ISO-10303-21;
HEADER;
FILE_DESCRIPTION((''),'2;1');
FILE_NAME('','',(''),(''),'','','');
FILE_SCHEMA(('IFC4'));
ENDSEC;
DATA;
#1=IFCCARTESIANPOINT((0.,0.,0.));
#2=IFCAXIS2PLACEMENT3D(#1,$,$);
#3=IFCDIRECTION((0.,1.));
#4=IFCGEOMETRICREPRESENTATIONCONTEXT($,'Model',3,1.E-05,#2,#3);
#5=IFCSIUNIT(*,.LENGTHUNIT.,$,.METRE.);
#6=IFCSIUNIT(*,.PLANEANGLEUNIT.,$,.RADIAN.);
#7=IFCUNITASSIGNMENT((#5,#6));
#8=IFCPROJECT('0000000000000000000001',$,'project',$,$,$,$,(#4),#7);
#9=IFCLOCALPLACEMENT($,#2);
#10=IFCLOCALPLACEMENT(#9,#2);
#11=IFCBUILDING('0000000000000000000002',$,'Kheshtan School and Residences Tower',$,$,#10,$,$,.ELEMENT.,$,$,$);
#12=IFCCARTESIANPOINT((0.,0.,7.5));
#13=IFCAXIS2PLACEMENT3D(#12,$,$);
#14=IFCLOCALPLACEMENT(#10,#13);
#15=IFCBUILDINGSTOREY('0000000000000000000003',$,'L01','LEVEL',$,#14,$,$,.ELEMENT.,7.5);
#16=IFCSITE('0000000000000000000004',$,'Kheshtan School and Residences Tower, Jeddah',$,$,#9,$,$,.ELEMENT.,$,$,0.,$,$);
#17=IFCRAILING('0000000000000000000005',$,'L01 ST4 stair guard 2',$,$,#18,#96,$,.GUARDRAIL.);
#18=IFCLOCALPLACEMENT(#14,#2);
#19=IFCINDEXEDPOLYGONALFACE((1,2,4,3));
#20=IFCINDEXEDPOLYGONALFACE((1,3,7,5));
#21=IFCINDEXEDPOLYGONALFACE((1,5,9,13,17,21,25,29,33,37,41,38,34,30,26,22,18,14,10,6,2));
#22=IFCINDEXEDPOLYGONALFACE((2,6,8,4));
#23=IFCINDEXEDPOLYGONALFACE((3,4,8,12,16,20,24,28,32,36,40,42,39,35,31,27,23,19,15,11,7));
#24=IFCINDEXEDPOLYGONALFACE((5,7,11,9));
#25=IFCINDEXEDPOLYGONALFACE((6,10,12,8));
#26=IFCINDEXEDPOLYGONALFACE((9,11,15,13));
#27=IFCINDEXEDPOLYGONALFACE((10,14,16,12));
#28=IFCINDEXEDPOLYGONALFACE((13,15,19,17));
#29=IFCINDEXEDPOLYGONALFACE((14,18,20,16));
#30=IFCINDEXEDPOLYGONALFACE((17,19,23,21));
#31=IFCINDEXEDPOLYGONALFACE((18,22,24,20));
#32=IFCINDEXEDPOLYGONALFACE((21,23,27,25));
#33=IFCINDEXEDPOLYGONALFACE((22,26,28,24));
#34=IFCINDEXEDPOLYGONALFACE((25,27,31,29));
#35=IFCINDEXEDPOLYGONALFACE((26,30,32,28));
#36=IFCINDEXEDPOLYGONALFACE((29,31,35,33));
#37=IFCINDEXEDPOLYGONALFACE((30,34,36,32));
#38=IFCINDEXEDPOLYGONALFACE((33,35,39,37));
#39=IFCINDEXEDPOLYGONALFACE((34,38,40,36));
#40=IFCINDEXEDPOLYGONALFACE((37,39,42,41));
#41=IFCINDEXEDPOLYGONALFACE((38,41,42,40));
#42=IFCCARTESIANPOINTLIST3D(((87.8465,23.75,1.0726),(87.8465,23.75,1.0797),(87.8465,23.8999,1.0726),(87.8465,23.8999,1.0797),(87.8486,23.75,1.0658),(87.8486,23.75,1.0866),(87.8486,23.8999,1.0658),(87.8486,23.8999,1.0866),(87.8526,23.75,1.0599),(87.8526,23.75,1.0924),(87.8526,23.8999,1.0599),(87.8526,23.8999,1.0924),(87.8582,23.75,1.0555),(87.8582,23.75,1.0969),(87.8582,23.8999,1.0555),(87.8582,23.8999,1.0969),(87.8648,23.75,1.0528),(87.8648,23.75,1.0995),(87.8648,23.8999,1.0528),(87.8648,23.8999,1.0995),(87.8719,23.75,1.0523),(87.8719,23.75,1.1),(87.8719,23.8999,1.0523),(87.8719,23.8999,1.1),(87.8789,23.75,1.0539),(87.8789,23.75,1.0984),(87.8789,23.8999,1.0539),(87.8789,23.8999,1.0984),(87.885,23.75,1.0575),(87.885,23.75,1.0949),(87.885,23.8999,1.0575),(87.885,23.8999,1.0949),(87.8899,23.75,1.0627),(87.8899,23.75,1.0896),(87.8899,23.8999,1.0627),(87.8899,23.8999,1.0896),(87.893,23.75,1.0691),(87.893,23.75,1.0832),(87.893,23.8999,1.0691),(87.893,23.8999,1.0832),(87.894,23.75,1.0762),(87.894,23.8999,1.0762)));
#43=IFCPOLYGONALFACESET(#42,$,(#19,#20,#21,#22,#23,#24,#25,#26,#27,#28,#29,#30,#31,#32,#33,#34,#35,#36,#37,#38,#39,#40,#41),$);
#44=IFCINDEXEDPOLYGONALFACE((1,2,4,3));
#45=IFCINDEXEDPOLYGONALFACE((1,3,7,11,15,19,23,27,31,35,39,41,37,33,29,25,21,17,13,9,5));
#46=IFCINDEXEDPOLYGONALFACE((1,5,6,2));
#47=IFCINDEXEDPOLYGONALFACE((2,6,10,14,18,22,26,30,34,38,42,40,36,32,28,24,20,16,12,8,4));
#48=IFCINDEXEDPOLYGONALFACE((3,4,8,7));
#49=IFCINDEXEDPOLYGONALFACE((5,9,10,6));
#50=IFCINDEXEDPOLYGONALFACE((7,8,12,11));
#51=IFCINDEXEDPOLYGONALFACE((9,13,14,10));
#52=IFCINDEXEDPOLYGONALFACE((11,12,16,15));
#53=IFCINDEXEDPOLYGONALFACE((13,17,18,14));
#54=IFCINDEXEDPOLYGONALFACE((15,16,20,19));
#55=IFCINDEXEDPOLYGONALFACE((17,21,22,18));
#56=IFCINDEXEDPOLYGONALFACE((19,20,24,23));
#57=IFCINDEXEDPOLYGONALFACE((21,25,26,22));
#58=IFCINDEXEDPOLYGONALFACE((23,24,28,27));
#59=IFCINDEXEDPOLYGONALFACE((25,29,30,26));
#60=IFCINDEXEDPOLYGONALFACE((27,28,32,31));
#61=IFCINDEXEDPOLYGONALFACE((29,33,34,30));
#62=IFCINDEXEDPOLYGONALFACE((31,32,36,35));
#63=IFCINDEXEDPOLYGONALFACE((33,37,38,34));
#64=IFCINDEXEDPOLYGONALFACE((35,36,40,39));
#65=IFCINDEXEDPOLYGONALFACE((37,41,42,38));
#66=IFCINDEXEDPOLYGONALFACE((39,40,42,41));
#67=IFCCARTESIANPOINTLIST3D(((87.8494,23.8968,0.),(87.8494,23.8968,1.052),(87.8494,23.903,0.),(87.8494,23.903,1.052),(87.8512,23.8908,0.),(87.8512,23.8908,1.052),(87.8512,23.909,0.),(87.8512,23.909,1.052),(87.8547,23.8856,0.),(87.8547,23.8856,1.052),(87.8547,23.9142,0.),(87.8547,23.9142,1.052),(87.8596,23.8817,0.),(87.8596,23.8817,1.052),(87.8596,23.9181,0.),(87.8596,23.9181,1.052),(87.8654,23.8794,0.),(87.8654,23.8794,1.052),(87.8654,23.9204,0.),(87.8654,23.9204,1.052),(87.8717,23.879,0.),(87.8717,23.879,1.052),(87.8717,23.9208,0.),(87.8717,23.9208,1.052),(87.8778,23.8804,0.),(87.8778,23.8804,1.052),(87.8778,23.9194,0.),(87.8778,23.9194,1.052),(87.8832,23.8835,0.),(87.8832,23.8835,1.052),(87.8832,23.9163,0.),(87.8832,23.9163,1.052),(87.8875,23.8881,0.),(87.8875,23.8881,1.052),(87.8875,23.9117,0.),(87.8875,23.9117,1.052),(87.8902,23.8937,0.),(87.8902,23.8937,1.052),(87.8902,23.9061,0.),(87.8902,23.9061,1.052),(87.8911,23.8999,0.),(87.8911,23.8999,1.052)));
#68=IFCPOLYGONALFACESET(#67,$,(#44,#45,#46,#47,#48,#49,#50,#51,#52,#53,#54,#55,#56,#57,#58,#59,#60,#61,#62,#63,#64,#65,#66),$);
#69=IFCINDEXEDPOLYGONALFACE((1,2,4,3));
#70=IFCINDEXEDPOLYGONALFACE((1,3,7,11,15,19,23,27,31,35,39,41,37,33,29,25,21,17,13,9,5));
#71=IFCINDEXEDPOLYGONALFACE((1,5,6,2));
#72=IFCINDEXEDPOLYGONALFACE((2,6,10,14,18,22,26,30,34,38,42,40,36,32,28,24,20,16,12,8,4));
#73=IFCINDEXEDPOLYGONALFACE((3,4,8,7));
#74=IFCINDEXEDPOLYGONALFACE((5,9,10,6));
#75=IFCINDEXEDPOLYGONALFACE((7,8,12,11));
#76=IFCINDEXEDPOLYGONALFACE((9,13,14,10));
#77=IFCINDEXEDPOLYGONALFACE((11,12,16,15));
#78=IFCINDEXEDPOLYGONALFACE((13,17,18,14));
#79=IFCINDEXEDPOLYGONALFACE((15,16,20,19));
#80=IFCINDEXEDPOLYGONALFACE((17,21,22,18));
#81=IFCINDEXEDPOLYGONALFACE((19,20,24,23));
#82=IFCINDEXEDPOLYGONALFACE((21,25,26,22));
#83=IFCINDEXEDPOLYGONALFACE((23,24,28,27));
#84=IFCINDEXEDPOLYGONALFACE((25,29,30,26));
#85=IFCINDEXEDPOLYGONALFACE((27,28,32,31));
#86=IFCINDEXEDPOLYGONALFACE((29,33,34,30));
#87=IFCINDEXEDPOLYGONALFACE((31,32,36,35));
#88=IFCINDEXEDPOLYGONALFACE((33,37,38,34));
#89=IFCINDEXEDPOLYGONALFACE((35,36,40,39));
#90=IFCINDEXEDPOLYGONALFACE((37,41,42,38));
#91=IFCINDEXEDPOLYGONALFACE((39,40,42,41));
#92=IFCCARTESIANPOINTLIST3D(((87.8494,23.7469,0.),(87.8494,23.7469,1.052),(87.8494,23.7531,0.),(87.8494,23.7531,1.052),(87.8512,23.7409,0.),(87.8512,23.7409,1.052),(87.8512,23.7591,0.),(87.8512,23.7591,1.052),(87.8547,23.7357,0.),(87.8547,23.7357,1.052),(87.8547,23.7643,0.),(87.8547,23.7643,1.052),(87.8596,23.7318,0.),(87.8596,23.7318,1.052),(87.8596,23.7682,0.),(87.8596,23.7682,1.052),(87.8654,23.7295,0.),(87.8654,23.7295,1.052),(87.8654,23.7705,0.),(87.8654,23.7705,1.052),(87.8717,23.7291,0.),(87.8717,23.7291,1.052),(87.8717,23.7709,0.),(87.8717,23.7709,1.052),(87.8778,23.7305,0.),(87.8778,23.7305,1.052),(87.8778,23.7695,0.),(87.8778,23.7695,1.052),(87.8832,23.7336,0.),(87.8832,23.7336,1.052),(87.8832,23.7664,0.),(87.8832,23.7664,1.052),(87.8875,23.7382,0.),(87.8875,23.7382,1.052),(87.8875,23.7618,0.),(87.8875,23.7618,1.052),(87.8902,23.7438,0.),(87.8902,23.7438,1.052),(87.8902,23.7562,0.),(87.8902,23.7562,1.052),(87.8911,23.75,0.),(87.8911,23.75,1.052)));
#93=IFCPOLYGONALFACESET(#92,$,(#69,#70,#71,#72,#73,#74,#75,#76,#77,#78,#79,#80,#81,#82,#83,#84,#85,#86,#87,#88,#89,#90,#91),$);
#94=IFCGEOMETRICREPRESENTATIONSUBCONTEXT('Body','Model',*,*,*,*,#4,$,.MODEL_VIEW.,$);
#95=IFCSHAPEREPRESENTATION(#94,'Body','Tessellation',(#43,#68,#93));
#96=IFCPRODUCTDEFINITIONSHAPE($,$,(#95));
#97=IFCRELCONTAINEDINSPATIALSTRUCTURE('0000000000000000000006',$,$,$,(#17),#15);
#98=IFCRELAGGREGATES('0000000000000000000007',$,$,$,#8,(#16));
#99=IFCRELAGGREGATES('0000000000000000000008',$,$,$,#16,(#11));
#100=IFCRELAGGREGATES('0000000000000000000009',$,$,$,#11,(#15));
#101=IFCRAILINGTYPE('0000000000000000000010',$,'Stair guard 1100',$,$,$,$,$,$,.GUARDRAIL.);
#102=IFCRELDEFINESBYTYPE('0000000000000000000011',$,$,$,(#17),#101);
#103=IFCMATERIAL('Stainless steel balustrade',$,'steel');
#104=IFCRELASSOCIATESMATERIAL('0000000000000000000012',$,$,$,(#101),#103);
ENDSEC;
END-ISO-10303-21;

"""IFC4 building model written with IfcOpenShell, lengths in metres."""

from ifc_helpers import new_model, si_unit, direction, frame, origin, origin_2d, place, context, subcontext, project, spatial, circle, extrude, material, type_object, element, save


model = new_model("IFC4")

# Units and contexts
model_context = context("Model", 3, precision=1e-05, world=origin(), true_north=direction((0.0, 1.0)))
body_context = subcontext(model_context, "Body", "Model", "MODEL_VIEW")
ifc_project = project(units=[si_unit("LENGTHUNIT", "METRE"), si_unit("PLANEANGLEUNIT", "RADIAN")], contexts=[model_context])

# Site, building, storey
site_placement = place(None, origin())
site = spatial("IfcSite", under=ifc_project, at=site_placement, Name="Kheshtan School and Residences Tower, Jeddah", CompositionType="ELEMENT", RefElevation=0.0)
building_placement = place(site_placement, origin())
building = spatial("IfcBuilding", under=site, at=building_placement, Name="Kheshtan School and Residences Tower", CompositionType="ELEMENT")
storey_placement = place(building_placement, frame((0.0, 0.0, 7.5)))
storey = spatial("IfcBuildingStorey", under=building, at=storey_placement, Name="L01", Description="LEVEL", CompositionType="ELEMENT", Elevation=7.5)

# Railing
ifc_material_1 = material(Name="Stainless steel balustrade", Category="steel")
railing_type_1 = type_object("IfcRailingType", Name="Stair guard 1100", PredefinedType="GUARDRAIL", material=ifc_material_1)
railing_1_placement = place(storey_placement, frame((87.8701, 23.8999, 0.0)))
element("IfcRailing", 1, at=railing_1_placement, inside=storey, type_object=railing_type_1, Name="L01 ST4 stair guard 2", PredefinedType="GUARDRAIL", context=body_context, shape_type="SweptSolid", body=[
    extrude(circle(Radius=0.0239, at=origin_2d()), frame((0.0, 0.0, 1.0762), z_axis=(0.0, -1.0, 0.0), x_axis=(1.0, 0.0, 0.0)), (0.0, 0.0, 1.0), 0.1499),
    extrude(circle(Radius=0.021, at=origin_2d()), origin(), (0.0, 0.0, 1.0), 1.052),
    extrude(circle(Radius=0.021, at=origin_2d()), frame((0.0, -0.1499, 0.0)), (0.0, 0.0, 1.0), 1.052),
])

save(model, "model.ifc")
